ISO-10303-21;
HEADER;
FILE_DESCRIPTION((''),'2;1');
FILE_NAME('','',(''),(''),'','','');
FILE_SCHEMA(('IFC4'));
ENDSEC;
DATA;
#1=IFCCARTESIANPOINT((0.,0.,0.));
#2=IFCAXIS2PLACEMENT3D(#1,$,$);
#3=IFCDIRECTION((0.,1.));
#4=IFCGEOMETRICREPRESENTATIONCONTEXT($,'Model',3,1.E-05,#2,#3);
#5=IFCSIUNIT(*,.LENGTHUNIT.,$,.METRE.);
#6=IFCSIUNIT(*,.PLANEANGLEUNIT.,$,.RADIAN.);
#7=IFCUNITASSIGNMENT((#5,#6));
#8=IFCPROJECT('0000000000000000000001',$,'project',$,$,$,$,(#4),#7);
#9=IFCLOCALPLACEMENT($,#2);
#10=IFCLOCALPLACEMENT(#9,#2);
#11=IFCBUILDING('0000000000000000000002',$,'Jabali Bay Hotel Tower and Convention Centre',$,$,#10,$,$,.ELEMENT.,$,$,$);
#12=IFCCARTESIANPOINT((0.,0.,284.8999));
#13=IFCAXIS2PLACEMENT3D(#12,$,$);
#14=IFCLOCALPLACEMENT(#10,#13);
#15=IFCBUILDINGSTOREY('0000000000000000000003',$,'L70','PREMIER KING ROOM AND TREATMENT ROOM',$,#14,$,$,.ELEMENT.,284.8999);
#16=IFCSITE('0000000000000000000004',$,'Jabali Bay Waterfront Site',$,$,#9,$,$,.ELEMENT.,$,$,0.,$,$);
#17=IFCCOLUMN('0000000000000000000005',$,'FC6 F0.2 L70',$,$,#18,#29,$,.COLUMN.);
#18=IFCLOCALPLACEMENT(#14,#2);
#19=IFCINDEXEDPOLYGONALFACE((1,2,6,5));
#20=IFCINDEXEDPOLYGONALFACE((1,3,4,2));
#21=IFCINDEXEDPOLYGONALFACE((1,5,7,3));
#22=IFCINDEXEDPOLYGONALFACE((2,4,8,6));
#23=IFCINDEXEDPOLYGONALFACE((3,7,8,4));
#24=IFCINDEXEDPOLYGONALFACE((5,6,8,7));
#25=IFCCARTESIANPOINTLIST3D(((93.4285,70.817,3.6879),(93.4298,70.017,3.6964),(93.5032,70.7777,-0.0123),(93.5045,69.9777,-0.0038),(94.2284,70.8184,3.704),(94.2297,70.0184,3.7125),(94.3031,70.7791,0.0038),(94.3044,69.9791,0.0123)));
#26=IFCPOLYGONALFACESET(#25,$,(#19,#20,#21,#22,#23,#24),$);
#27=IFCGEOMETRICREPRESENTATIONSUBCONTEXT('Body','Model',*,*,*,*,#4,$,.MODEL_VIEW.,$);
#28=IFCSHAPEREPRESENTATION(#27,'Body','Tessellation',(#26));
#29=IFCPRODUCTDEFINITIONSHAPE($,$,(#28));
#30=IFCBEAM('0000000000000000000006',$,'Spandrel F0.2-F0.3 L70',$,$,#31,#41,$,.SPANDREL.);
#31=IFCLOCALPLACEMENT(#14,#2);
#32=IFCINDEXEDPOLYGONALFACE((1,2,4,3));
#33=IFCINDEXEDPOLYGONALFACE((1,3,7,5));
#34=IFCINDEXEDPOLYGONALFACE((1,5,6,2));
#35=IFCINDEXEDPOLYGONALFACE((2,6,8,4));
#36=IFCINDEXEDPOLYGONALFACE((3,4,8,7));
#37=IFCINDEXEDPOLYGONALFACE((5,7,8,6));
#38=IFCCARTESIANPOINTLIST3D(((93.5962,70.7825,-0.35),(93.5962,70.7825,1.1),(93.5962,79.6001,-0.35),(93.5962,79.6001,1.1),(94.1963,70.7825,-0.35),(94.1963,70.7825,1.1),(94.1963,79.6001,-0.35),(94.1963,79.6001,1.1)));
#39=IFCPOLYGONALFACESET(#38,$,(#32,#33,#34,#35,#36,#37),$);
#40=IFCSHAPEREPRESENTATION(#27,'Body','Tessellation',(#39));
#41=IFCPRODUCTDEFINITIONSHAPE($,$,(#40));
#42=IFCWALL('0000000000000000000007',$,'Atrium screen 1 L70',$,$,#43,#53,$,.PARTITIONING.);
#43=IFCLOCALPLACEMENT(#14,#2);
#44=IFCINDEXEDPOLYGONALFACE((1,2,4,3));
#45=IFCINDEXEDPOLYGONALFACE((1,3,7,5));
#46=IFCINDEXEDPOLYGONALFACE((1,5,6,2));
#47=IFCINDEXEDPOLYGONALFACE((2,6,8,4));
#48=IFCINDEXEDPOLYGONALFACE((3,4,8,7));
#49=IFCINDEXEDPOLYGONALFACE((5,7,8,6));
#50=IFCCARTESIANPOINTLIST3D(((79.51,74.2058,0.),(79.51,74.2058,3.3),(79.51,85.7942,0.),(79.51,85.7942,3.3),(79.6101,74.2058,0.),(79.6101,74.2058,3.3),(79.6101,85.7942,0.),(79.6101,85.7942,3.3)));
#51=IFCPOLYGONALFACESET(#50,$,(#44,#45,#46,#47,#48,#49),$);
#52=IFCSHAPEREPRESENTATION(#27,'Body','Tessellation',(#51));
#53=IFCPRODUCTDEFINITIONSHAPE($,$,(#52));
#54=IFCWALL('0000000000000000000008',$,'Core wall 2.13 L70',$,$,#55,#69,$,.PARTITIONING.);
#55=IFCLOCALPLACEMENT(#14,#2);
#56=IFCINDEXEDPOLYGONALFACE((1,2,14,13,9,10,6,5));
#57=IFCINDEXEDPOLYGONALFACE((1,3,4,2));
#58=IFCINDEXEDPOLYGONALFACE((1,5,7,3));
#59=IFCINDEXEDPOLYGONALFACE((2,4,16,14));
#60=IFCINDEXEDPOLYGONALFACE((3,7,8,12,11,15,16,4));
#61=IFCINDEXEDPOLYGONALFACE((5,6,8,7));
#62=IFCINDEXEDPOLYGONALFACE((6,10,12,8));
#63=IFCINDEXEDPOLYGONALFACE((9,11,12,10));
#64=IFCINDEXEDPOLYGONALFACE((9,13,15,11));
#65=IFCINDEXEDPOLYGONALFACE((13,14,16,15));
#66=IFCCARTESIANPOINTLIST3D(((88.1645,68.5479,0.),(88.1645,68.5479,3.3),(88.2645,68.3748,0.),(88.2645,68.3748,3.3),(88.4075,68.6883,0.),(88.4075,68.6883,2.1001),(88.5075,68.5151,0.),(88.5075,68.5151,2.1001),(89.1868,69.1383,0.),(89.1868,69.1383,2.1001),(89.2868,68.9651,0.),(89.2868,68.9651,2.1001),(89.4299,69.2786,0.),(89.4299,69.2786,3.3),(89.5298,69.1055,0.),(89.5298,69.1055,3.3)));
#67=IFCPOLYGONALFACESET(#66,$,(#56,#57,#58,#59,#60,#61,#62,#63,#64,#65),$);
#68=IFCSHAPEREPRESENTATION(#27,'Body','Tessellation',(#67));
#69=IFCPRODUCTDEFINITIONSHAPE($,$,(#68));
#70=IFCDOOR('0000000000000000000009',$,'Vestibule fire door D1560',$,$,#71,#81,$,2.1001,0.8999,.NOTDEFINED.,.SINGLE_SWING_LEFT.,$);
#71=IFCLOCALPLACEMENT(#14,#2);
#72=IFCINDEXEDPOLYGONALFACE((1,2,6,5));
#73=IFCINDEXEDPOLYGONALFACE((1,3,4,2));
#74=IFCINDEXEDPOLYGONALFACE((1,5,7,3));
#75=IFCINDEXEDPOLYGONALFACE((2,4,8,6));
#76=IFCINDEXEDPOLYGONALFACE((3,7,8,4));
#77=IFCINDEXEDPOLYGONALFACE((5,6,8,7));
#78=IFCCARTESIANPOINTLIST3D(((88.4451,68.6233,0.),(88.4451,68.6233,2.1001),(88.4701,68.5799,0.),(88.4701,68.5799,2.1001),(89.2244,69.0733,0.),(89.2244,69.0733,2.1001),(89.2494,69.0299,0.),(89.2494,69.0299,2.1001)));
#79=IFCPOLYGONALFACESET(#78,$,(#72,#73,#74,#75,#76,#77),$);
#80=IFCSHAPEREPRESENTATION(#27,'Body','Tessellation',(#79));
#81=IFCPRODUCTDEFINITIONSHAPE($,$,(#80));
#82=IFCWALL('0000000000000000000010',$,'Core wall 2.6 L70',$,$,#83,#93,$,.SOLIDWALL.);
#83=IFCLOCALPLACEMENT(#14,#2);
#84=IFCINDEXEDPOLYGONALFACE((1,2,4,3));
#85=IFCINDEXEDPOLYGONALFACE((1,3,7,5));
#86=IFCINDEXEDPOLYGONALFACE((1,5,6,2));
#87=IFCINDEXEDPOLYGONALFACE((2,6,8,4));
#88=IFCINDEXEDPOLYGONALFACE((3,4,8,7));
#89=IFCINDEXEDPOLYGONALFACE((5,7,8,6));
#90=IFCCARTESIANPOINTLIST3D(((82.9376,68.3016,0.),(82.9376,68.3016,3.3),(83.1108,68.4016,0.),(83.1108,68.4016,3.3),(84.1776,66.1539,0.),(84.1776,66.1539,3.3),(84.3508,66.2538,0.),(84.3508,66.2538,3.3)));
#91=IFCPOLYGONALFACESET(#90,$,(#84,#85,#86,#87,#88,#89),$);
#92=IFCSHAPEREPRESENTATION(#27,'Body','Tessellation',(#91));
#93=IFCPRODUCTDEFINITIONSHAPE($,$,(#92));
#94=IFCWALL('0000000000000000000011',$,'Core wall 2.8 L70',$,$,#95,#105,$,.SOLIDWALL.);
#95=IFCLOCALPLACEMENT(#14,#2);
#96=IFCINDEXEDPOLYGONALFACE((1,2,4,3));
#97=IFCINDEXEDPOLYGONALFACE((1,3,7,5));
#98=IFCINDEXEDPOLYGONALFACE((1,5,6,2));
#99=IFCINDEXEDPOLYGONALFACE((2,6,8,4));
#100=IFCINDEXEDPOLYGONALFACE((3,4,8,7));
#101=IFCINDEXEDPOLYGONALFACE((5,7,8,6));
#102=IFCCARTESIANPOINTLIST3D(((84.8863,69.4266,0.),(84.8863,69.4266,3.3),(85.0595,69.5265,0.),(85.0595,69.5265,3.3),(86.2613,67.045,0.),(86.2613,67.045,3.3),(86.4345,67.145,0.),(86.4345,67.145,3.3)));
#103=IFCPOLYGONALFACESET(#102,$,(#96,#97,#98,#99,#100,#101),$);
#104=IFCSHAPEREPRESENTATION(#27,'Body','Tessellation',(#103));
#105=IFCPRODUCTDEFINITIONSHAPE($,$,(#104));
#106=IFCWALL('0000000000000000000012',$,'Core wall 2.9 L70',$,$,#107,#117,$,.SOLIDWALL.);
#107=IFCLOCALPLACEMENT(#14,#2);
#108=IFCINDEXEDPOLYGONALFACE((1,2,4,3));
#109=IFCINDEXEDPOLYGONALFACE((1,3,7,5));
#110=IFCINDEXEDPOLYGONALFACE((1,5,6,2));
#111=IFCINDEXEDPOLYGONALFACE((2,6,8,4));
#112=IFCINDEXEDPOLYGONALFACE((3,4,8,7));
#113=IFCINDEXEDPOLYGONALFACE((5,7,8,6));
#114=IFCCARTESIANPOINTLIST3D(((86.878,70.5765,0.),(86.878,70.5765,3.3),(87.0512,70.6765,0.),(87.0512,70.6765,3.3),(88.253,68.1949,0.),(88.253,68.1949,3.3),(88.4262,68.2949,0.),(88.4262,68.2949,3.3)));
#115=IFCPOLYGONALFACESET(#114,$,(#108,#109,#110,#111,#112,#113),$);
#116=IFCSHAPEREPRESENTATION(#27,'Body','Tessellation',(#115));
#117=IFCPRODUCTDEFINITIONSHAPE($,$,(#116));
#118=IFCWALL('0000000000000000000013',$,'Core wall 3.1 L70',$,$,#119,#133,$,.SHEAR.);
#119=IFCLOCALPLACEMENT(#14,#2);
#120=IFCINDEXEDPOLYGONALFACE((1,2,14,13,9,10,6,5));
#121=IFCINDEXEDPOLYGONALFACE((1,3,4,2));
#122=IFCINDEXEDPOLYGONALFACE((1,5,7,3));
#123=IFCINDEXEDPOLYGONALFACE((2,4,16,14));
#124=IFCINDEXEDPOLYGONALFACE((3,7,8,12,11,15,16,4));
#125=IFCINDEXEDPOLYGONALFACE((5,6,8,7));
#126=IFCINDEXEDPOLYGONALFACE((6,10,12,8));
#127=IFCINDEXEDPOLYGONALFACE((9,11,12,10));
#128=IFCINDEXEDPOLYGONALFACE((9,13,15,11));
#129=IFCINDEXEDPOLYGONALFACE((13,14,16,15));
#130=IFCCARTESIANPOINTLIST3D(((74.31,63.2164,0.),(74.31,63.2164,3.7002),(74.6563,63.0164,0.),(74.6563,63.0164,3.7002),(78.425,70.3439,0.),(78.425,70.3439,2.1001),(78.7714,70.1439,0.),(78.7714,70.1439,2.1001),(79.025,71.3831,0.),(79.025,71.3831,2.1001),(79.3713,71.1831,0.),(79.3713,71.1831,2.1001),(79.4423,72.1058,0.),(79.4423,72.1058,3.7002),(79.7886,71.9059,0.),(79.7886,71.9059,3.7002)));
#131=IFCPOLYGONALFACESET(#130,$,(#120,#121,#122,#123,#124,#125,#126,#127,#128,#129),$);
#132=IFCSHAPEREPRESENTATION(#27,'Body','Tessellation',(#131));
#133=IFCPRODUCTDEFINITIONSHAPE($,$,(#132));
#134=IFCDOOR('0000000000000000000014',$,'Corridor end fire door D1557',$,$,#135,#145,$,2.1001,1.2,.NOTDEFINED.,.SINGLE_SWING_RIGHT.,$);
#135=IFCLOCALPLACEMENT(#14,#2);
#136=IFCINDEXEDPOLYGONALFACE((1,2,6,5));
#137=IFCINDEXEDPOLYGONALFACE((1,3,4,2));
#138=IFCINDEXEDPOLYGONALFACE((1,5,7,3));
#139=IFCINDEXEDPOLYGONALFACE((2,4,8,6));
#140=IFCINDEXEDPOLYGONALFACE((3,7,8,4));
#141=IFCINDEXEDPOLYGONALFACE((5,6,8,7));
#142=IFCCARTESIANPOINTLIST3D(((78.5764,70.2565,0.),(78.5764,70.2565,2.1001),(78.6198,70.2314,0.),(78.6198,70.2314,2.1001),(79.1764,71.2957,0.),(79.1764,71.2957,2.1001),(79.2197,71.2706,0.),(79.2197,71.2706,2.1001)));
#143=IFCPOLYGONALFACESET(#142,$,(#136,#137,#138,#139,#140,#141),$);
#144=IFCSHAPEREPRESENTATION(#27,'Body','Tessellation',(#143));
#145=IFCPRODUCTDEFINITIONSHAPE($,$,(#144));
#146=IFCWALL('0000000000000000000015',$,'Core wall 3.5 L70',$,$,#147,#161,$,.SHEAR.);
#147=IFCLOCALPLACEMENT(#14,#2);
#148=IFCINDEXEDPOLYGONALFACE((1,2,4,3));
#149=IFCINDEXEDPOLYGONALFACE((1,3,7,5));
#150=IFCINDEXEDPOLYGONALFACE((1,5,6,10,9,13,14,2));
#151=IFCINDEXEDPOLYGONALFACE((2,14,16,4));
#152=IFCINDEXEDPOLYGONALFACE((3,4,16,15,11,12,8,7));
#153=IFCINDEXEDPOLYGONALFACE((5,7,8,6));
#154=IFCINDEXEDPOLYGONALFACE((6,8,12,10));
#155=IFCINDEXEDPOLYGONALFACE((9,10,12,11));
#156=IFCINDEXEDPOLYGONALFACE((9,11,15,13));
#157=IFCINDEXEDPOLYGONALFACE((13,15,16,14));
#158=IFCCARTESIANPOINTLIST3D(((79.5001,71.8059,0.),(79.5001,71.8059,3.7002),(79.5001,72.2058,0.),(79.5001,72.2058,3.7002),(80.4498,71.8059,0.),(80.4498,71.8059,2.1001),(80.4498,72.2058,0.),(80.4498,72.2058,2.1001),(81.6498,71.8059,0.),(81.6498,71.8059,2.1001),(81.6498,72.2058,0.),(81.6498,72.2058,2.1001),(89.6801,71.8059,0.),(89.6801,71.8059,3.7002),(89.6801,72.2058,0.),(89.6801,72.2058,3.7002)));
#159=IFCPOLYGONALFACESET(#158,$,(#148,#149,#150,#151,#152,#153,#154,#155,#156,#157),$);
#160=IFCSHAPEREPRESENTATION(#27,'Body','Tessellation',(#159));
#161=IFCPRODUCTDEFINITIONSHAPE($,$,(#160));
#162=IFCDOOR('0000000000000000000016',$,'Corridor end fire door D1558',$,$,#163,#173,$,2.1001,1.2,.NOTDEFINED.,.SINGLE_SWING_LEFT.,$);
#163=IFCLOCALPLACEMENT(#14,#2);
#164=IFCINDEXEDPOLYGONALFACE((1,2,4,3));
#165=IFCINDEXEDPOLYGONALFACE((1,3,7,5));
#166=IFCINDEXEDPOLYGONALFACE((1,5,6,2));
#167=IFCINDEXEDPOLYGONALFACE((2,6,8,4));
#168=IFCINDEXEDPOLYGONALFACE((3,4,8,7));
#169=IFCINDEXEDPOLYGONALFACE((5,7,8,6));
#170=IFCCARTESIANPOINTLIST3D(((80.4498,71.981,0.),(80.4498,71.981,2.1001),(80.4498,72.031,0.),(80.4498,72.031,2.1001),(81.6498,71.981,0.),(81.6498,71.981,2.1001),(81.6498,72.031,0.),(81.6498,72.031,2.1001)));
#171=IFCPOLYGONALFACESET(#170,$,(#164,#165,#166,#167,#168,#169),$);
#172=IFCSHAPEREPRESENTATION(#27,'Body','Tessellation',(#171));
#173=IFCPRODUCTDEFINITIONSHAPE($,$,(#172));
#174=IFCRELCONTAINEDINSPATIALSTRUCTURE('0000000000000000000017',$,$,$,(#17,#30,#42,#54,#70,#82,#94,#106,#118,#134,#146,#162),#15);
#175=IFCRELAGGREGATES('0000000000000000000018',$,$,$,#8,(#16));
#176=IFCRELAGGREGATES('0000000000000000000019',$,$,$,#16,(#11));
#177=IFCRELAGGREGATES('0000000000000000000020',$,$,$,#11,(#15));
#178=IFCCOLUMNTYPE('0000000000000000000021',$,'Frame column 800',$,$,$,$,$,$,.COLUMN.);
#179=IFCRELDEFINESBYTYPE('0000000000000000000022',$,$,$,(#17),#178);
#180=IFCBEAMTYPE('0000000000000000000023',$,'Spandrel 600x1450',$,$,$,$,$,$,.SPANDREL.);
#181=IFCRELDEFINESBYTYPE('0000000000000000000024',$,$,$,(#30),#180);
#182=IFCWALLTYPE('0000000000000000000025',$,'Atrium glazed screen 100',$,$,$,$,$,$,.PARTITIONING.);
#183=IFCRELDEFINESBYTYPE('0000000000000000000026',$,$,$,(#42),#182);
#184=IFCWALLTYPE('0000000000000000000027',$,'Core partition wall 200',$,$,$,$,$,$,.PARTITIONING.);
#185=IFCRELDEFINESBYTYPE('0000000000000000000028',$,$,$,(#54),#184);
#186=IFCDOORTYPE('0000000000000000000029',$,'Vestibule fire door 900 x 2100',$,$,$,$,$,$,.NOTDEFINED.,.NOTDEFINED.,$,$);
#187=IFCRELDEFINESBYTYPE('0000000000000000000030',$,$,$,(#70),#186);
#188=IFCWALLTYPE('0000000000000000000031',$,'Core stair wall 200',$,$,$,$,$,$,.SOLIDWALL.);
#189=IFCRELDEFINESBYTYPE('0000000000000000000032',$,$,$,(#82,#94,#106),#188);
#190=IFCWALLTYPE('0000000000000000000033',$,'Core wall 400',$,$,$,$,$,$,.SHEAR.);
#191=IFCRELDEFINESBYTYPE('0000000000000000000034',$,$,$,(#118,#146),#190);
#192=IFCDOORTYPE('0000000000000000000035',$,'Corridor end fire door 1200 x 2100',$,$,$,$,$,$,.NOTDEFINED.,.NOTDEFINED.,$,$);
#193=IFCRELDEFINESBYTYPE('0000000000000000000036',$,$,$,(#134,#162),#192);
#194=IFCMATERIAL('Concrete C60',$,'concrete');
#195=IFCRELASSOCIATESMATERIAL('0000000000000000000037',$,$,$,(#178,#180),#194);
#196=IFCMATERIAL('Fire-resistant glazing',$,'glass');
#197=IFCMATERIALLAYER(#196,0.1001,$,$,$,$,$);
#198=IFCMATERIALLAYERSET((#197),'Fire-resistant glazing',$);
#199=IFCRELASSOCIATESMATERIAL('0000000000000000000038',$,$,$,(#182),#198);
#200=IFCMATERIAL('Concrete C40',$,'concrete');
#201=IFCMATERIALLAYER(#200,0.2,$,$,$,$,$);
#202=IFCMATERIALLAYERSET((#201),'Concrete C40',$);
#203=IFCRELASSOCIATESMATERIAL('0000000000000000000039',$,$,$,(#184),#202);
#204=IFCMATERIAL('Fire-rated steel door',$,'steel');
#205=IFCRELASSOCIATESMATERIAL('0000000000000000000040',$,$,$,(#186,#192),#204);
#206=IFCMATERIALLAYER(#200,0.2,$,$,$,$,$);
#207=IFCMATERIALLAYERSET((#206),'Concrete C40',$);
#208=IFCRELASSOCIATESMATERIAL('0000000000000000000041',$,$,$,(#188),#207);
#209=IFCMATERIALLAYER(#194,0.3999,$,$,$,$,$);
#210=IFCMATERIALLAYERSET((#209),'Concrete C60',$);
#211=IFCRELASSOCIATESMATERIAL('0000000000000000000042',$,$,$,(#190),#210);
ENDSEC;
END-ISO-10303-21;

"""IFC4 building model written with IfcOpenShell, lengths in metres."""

from ifc_helpers import new_model, si_unit, direction, frame, frame_2d, origin, origin_2d, place, context, subcontext, project, spatial, rectangle, extrude, material, layer, layer_set, material_profile, profile_set, type_object, element, fill, save


model = new_model("IFC4")

# Units and contexts
model_context = context("Model", 3, precision=1e-05, world=origin(), true_north=direction((0.0, 1.0)))
body_context = subcontext(model_context, "Body", "Model", "MODEL_VIEW")
ifc_project = project(units=[si_unit("LENGTHUNIT", "METRE"), si_unit("PLANEANGLEUNIT", "RADIAN")], contexts=[model_context])

# Site, building, storey
site_placement = place(None, origin())
site = spatial("IfcSite", under=ifc_project, at=site_placement, Name="Jabali Bay Waterfront Site", CompositionType="ELEMENT", RefElevation=0.0)
building_placement = place(site_placement, origin())
building = spatial("IfcBuilding", under=site, at=building_placement, Name="Jabali Bay Hotel Tower and Convention Centre", CompositionType="ELEMENT")
storey_placement = place(building_placement, frame((0.0, 0.0, 284.8999)))
storey = spatial("IfcBuildingStorey", under=building, at=storey_placement, Name="L70", Description="PREMIER KING ROOM AND TREATMENT ROOM", CompositionType="ELEMENT", Elevation=284.8999)

# Column
ifc_material_1 = material(Name="Concrete C60", Category="concrete")
ifc_material_profile_1 = material_profile(ifc_material_1, rectangle(XDim=0.8, YDim=0.8, at=origin_2d()), Name="Frame column 800")
ifc_profile_set_1 = profile_set([ifc_material_profile_1], Name="Concrete C60")
column_type = type_object("IfcColumnType", Name="Frame column 800", PredefinedType="COLUMN", material=ifc_profile_set_1)
column_placement = place(storey_placement, frame((93.9038, 70.3784, 0.0), z_axis=(-0.020185, 0.01062, 0.99974), x_axis=(0.001543, -0.999942, 0.010653)))
element("IfcColumn", 1, at=column_placement, inside=storey, type_object=column_type, Name="FC6 F0.2 L70", PredefinedType="COLUMN", context=body_context, shape_type="SweptSolid", body=[
    extrude(rectangle(XDim=0.8, YDim=0.8, at=origin_2d()), origin(), (0.0, 0.0, 1.0), 3.7012),
])

# Beam
ifc_material_profile_2 = material_profile(ifc_material_1, rectangle(XDim=0.6001, YDim=1.45, at=origin_2d()), Name="Spandrel 600x1450")
ifc_profile_set_2 = profile_set([ifc_material_profile_2], Name="Concrete C60")
beam_type = type_object("IfcBeamType", Name="Spandrel 600x1450", PredefinedType="SPANDREL", material=ifc_profile_set_2)
beam_placement = place(storey_placement, frame((93.8962, 70.7825, 0.375), z_axis=(0.0, 1.0, 0.0), x_axis=(-1.0, 0.0, 0.0)))
element("IfcBeam", 2, at=beam_placement, inside=storey, type_object=beam_type, Name="Spandrel F0.2-F0.3 L70", PredefinedType="SPANDREL", context=body_context, shape_type="SweptSolid", body=[
    extrude(rectangle(XDim=0.6001, YDim=1.45, at=origin_2d()), origin(), (0.0, 0.0, 1.0), 8.8176),
])

# Wall
ifc_material_2 = material(Name="Fire-resistant glazing", Category="glass")
ifc_layer_1 = layer(ifc_material_2, 0.1001)
ifc_layer_set_1 = layer_set([ifc_layer_1], Name="Fire-resistant glazing")
wall_type_1 = type_object("IfcWallType", Name="Atrium glazed screen 100", PredefinedType="PARTITIONING", material=ifc_layer_set_1)
wall_1_placement = place(storey_placement, frame((79.5601, 74.2058, 0.0), z_axis=(0.0, 0.0, 1.0), x_axis=(0.0, 1.0, 0.0)))
element("IfcWall", 3, at=wall_1_placement, inside=storey, type_object=wall_type_1, Name="Atrium screen 1 L70", PredefinedType="PARTITIONING", context=body_context, shape_type="SweptSolid", body=[
    extrude(rectangle(XDim=11.5884, YDim=0.1001, at=frame_2d((5.7942, 0.0))), origin(), (0.0, 0.0, 1.0), 3.3),
])

# Wall, opening, door
ifc_material_3 = material(Name="Concrete C40", Category="concrete")
ifc_layer_2 = layer(ifc_material_3, 0.2)
ifc_layer_set_2 = layer_set([ifc_layer_2], Name="Concrete C40")
wall_type_2 = type_object("IfcWallType", Name="Core partition wall 200", PredefinedType="PARTITIONING", material=ifc_layer_set_2)
wall_2_placement = place(storey_placement, frame((88.2146, 68.4614, 0.0), z_axis=(0.0, 0.0, 1.0), x_axis=(0.865982, 0.500074, 0.0)))
wall_2 = element("IfcWall", 4, at=wall_2_placement, inside=storey, type_object=wall_type_2, Name="Core wall 2.13 L70", PredefinedType="PARTITIONING", context=body_context, shape_type="SweptSolid", body=[
    extrude(rectangle(XDim=1.4612, YDim=0.2, at=frame_2d((0.7305, 0.0))), origin(), (0.0, 0.0, 1.0), 3.3),
])
opening_1_placement = place(wall_2_placement, frame((0.2805, 0.0, 0.0)))
opening_1 = element("IfcOpeningElement", 5, at=opening_1_placement, cuts=wall_2, PredefinedType="OPENING", context=body_context, shape_type="SweptSolid", body=[
    extrude(rectangle(XDim=0.8999, YDim=2.1001, at=frame_2d((0.45, 1.05))), frame((0.0, 0.1104, 0.0), z_axis=(0.0, -1.0, 0.0), x_axis=(1.0, 0.0, 0.0)), (0.0, 0.0, 1.0), 0.2209),
])
ifc_material_4 = material(Name="Fire-rated steel door", Category="steel")
door_type_1 = type_object("IfcDoorType", Name="Vestibule fire door 900 x 2100", OperationType="NOTDEFINED", PredefinedType="NOTDEFINED", material=ifc_material_4)
door_1_placement = place(opening_1_placement, origin())
door_1 = element("IfcDoor", 6, at=door_1_placement, inside=storey, type_object=door_type_1, Name="Vestibule fire door D1560", OperationType="SINGLE_SWING_LEFT", OverallHeight=2.1001, OverallWidth=0.8999, PredefinedType="NOTDEFINED", context=body_context, shape_type="SweptSolid", body=[
    extrude(rectangle(XDim=0.8999, YDim=2.1001, at=frame_2d((0.45, 1.05))), frame((0.0, 0.0249, 0.0), z_axis=(0.0, -1.0, 0.0), x_axis=(1.0, 0.0, 0.0)), (0.0, 0.0, 1.0), 0.05),
])
fill(opening_1, door_1)

# Walls
ifc_layer_3 = layer(ifc_material_3, 0.2)
ifc_layer_set_3 = layer_set([ifc_layer_3], Name="Concrete C40")
wall_type_3 = type_object("IfcWallType", Name="Core stair wall 200", PredefinedType="SOLIDWALL", material=ifc_layer_set_3)
wall_3_placement = place(storey_placement, frame((83.0242, 68.3516, 0.0), z_axis=(0.0, 0.0, 1.0), x_axis=(0.500004, -0.866023, 0.0)))
element("IfcWall", 7, at=wall_3_placement, inside=storey, type_object=wall_type_3, Name="Core wall 2.6 L70", PredefinedType="SOLIDWALL", context=body_context, shape_type="SweptSolid", body=[
    extrude(rectangle(XDim=2.48, YDim=0.2, at=frame_2d((1.24, 0.0))), origin(), (0.0, 0.0, 1.0), 3.3),
])
for number, where, z_axis, x_axis, name in (
    (8, (84.9729, 69.4766, 0.0), (0.0, 0.0, 1.0), (0.499997, -0.866027, 0.0), "Core wall 2.8 L70"),
    (9, (86.9646, 70.6265, 0.0), (0.0, 0.0, 1.0), (0.499997, -0.866027, 0.0), "Core wall 2.9 L70"),
):
    element("IfcWall", number, at=place(storey_placement, frame(where, z_axis=z_axis, x_axis=x_axis)), inside=storey, type_object=wall_type_3, Name=name, PredefinedType="SOLIDWALL", context=body_context, shape_type="SweptSolid", body=[
        extrude(rectangle(XDim=2.75, YDim=0.2, at=frame_2d((1.375, 0.0))), origin(), (0.0, 0.0, 1.0), 3.3),
    ])

# Walls, openings, doors
ifc_layer_4 = layer(ifc_material_1, 0.3999)
ifc_layer_set_4 = layer_set([ifc_layer_4], Name="Concrete C60")
wall_type_4 = type_object("IfcWallType", Name="Core wall 400", PredefinedType="SHEAR", material=ifc_layer_set_4)
wall_4_placement = place(storey_placement, frame((79.6155, 72.0059, 0.0), z_axis=(0.0, 0.0, 1.0), x_axis=(-0.500002, -0.866024, 0.0)))
wall_4 = element("IfcWall", 10, at=wall_4_placement, inside=storey, type_object=wall_type_4, Name="Core wall 3.1 L70", PredefinedType="SHEAR", context=body_context, shape_type="SweptSolid", body=[
    extrude(rectangle(XDim=10.2646, YDim=0.3999, at=frame_2d((5.1323, 0.0))), origin(), (0.0, 0.0, 1.0), 3.7002),
])
opening_2_placement = place(wall_4_placement, frame((0.8345, 0.0, 0.0)))
opening_2 = element("IfcOpeningElement", 11, at=opening_2_placement, cuts=wall_4, PredefinedType="OPENING", context=body_context, shape_type="SweptSolid", body=[
    extrude(rectangle(XDim=1.2, YDim=2.1001, at=frame_2d((0.6001, 1.05))), frame((0.0, 0.2104, 0.0), z_axis=(0.0, -1.0, 0.0), x_axis=(1.0, 0.0, 0.0)), (0.0, 0.0, 1.0), 0.4209),
])
door_type_2 = type_object("IfcDoorType", Name="Corridor end fire door 1200 x 2100", OperationType="NOTDEFINED", PredefinedType="NOTDEFINED", material=ifc_material_4)
door_2_placement = place(opening_2_placement, origin())
door_2 = element("IfcDoor", 12, at=door_2_placement, inside=storey, type_object=door_type_2, Name="Corridor end fire door D1557", OperationType="SINGLE_SWING_RIGHT", OverallHeight=2.1001, OverallWidth=1.2, PredefinedType="NOTDEFINED", context=body_context, shape_type="SweptSolid", body=[
    extrude(rectangle(XDim=1.2, YDim=2.1001, at=frame_2d((0.6001, 1.05))), frame((0.0, 0.0249, 0.0), z_axis=(0.0, -1.0, 0.0), x_axis=(1.0, 0.0, 0.0)), (0.0, 0.0, 1.0), 0.05),
])
fill(opening_2, door_2)
wall_5_placement = place(storey_placement, frame((89.6799, 72.0059, 0.0), z_axis=(0.0, 0.0, 1.0), x_axis=(-1.0, 0.0, 0.0)))
wall_5 = element("IfcWall", 13, at=wall_5_placement, inside=storey, type_object=wall_type_4, Name="Core wall 3.5 L70", PredefinedType="SHEAR", context=body_context, shape_type="SweptSolid", body=[
    extrude(rectangle(XDim=10.1799, YDim=0.3999, at=frame_2d((5.0898, 0.0))), origin(), (0.0, 0.0, 1.0), 3.7002),
])
opening_3_placement = place(wall_5_placement, frame((8.03, 0.0, 0.0)))
opening_3 = element("IfcOpeningElement", 14, at=opening_3_placement, cuts=wall_5, PredefinedType="OPENING", context=body_context, shape_type="SweptSolid", body=[
    extrude(rectangle(XDim=1.2, YDim=2.1001, at=frame_2d((0.6001, 1.05))), frame((0.0, 0.2104, 0.0), z_axis=(0.0, -1.0, 0.0), x_axis=(1.0, 0.0, 0.0)), (0.0, 0.0, 1.0), 0.4209),
])
door_3_placement = place(opening_3_placement, origin())
door_3 = element("IfcDoor", 15, at=door_3_placement, inside=storey, type_object=door_type_2, Name="Corridor end fire door D1558", OperationType="SINGLE_SWING_LEFT", OverallHeight=2.1001, OverallWidth=1.2, PredefinedType="NOTDEFINED", context=body_context, shape_type="SweptSolid", body=[
    extrude(rectangle(XDim=1.2, YDim=2.1001, at=frame_2d((0.6001, 1.05))), frame((0.0, 0.0249, 0.0), z_axis=(0.0, -1.0, 0.0), x_axis=(1.0, 0.0, 0.0)), (0.0, 0.0, 1.0), 0.05),
])
fill(opening_3, door_3)

save(model, "model.ifc")
